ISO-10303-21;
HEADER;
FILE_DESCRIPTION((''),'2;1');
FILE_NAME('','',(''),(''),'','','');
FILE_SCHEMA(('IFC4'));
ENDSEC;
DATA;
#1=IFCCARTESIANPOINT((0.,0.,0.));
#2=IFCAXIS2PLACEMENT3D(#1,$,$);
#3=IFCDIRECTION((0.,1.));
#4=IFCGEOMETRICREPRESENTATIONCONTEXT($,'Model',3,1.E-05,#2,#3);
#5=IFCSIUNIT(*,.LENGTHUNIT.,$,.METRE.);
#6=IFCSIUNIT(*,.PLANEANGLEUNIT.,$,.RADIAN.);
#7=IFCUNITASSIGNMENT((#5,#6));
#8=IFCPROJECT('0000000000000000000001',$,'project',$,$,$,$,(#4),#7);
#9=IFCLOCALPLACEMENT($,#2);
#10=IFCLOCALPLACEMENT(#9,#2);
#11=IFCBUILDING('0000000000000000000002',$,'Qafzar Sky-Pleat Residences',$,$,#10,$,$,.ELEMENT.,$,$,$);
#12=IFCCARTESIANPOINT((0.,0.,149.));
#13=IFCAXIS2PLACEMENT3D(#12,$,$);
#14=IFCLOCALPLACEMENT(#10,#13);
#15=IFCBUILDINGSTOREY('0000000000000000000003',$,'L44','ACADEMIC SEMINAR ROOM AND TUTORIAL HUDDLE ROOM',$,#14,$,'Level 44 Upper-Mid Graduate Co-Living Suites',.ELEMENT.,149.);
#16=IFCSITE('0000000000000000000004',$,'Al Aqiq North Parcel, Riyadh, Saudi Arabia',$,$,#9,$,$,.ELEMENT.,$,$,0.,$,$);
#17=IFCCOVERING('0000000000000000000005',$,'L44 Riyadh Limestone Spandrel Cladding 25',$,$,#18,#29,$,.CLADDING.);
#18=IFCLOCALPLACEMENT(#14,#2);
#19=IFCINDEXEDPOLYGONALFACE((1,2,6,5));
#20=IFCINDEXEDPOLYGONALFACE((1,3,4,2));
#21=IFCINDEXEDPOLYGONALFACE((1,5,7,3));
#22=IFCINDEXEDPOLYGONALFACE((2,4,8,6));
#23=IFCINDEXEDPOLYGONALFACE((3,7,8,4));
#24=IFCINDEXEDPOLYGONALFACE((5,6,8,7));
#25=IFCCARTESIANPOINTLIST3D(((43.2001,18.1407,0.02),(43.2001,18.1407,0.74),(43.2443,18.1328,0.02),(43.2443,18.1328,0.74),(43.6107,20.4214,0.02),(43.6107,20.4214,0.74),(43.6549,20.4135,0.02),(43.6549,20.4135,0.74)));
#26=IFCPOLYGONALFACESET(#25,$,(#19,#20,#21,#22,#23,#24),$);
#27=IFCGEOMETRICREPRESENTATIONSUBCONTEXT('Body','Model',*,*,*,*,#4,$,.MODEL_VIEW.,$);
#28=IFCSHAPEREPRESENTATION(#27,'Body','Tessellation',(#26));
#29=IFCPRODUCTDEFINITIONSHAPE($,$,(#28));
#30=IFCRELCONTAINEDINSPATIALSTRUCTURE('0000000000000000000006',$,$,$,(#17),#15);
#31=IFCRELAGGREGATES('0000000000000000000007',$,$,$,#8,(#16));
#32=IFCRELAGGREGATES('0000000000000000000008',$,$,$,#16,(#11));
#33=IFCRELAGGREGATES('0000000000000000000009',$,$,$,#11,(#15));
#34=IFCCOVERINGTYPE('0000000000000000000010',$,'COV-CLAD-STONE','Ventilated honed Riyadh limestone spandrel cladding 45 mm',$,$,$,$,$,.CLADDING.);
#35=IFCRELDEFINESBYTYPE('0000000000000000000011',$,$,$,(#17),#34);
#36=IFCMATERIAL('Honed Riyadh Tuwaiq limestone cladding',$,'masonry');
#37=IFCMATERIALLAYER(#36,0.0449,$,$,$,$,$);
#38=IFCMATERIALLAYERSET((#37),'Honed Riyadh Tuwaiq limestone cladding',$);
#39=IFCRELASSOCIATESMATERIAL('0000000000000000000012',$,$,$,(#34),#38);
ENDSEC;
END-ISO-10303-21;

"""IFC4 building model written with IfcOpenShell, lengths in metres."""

from ifc_helpers import new_model, si_unit, direction, frame, origin, origin_2d, place, context, subcontext, project, spatial, rectangle, extrude, source, transform, mapped, material, layer, layer_set, type_object, element, save


model = new_model("IFC4")

# Units and contexts
model_context = context("Model", 3, precision=1e-05, world=origin(), true_north=direction((0.0, 1.0)))
body_context = subcontext(model_context, "Body", "Model", "MODEL_VIEW")
ifc_project = project(units=[si_unit("LENGTHUNIT", "METRE"), si_unit("PLANEANGLEUNIT", "RADIAN")], contexts=[model_context])

# Site, building, storey
site_placement = place(None, origin())
site = spatial("IfcSite", under=ifc_project, at=site_placement, Name="Al Aqiq North Parcel, Riyadh, Saudi Arabia", CompositionType="ELEMENT", RefElevation=0.0)
building_placement = place(site_placement, origin())
building = spatial("IfcBuilding", under=site, at=building_placement, Name="Qafzar Sky-Pleat Residences", CompositionType="ELEMENT")
storey_placement = place(building_placement, frame((0.0, 0.0, 149.0)))
storey = spatial("IfcBuildingStorey", under=building, at=storey_placement, Name="L44", Description="ACADEMIC SEMINAR ROOM AND TUTORIAL HUDDLE ROOM", LongName="Level 44 Upper-Mid Graduate Co-Living Suites", CompositionType="ELEMENT", Elevation=149.0)

# Shared definitions
ifc_material_1 = material(Name="Honed Riyadh Tuwaiq limestone cladding", Category="masonry")
ifc_layer_1 = layer(ifc_material_1, 0.0449)
ifc_layer_set_1 = layer_set([ifc_layer_1], Name="Honed Riyadh Tuwaiq limestone cladding")
covering_type = type_object("IfcCoveringType", Name="COV-CLAD-STONE", Description="Ventilated honed Riyadh limestone spandrel cladding 45 mm", PredefinedType="CLADDING", material=ifc_layer_set_1)

# Covering
shared_shape_1 = source(origin(), body_context, "Body", "SweptSolid", [
    extrude(rectangle(XDim=2.3174, YDim=0.0449, at=origin_2d()), origin(), (0.0, 0.0, 1.0), 0.72),
])
covering_1_placement = place(storey_placement, frame((43.4275, 19.2771, 0.02), z_axis=(0.0, 0.0, 1.0), x_axis=(0.177176, 0.984179, 0.0)))
element("IfcCovering", 1, at=covering_1_placement, inside=storey, type_object=covering_type, Name="L44 Riyadh Limestone Spandrel Cladding 25", PredefinedType="CLADDING", context=body_context, shape_type="MappedRepresentation", body=[
    mapped(shared_shape_1, transform((0.0, 0.0, 0.0), x_axis=(1.0, 0.0, 0.0), y_axis=(0.0, 1.0, 0.0), z_axis=(0.0, 0.0, 1.0), scale=1.0)),
])

save(model, "model.ifc")
